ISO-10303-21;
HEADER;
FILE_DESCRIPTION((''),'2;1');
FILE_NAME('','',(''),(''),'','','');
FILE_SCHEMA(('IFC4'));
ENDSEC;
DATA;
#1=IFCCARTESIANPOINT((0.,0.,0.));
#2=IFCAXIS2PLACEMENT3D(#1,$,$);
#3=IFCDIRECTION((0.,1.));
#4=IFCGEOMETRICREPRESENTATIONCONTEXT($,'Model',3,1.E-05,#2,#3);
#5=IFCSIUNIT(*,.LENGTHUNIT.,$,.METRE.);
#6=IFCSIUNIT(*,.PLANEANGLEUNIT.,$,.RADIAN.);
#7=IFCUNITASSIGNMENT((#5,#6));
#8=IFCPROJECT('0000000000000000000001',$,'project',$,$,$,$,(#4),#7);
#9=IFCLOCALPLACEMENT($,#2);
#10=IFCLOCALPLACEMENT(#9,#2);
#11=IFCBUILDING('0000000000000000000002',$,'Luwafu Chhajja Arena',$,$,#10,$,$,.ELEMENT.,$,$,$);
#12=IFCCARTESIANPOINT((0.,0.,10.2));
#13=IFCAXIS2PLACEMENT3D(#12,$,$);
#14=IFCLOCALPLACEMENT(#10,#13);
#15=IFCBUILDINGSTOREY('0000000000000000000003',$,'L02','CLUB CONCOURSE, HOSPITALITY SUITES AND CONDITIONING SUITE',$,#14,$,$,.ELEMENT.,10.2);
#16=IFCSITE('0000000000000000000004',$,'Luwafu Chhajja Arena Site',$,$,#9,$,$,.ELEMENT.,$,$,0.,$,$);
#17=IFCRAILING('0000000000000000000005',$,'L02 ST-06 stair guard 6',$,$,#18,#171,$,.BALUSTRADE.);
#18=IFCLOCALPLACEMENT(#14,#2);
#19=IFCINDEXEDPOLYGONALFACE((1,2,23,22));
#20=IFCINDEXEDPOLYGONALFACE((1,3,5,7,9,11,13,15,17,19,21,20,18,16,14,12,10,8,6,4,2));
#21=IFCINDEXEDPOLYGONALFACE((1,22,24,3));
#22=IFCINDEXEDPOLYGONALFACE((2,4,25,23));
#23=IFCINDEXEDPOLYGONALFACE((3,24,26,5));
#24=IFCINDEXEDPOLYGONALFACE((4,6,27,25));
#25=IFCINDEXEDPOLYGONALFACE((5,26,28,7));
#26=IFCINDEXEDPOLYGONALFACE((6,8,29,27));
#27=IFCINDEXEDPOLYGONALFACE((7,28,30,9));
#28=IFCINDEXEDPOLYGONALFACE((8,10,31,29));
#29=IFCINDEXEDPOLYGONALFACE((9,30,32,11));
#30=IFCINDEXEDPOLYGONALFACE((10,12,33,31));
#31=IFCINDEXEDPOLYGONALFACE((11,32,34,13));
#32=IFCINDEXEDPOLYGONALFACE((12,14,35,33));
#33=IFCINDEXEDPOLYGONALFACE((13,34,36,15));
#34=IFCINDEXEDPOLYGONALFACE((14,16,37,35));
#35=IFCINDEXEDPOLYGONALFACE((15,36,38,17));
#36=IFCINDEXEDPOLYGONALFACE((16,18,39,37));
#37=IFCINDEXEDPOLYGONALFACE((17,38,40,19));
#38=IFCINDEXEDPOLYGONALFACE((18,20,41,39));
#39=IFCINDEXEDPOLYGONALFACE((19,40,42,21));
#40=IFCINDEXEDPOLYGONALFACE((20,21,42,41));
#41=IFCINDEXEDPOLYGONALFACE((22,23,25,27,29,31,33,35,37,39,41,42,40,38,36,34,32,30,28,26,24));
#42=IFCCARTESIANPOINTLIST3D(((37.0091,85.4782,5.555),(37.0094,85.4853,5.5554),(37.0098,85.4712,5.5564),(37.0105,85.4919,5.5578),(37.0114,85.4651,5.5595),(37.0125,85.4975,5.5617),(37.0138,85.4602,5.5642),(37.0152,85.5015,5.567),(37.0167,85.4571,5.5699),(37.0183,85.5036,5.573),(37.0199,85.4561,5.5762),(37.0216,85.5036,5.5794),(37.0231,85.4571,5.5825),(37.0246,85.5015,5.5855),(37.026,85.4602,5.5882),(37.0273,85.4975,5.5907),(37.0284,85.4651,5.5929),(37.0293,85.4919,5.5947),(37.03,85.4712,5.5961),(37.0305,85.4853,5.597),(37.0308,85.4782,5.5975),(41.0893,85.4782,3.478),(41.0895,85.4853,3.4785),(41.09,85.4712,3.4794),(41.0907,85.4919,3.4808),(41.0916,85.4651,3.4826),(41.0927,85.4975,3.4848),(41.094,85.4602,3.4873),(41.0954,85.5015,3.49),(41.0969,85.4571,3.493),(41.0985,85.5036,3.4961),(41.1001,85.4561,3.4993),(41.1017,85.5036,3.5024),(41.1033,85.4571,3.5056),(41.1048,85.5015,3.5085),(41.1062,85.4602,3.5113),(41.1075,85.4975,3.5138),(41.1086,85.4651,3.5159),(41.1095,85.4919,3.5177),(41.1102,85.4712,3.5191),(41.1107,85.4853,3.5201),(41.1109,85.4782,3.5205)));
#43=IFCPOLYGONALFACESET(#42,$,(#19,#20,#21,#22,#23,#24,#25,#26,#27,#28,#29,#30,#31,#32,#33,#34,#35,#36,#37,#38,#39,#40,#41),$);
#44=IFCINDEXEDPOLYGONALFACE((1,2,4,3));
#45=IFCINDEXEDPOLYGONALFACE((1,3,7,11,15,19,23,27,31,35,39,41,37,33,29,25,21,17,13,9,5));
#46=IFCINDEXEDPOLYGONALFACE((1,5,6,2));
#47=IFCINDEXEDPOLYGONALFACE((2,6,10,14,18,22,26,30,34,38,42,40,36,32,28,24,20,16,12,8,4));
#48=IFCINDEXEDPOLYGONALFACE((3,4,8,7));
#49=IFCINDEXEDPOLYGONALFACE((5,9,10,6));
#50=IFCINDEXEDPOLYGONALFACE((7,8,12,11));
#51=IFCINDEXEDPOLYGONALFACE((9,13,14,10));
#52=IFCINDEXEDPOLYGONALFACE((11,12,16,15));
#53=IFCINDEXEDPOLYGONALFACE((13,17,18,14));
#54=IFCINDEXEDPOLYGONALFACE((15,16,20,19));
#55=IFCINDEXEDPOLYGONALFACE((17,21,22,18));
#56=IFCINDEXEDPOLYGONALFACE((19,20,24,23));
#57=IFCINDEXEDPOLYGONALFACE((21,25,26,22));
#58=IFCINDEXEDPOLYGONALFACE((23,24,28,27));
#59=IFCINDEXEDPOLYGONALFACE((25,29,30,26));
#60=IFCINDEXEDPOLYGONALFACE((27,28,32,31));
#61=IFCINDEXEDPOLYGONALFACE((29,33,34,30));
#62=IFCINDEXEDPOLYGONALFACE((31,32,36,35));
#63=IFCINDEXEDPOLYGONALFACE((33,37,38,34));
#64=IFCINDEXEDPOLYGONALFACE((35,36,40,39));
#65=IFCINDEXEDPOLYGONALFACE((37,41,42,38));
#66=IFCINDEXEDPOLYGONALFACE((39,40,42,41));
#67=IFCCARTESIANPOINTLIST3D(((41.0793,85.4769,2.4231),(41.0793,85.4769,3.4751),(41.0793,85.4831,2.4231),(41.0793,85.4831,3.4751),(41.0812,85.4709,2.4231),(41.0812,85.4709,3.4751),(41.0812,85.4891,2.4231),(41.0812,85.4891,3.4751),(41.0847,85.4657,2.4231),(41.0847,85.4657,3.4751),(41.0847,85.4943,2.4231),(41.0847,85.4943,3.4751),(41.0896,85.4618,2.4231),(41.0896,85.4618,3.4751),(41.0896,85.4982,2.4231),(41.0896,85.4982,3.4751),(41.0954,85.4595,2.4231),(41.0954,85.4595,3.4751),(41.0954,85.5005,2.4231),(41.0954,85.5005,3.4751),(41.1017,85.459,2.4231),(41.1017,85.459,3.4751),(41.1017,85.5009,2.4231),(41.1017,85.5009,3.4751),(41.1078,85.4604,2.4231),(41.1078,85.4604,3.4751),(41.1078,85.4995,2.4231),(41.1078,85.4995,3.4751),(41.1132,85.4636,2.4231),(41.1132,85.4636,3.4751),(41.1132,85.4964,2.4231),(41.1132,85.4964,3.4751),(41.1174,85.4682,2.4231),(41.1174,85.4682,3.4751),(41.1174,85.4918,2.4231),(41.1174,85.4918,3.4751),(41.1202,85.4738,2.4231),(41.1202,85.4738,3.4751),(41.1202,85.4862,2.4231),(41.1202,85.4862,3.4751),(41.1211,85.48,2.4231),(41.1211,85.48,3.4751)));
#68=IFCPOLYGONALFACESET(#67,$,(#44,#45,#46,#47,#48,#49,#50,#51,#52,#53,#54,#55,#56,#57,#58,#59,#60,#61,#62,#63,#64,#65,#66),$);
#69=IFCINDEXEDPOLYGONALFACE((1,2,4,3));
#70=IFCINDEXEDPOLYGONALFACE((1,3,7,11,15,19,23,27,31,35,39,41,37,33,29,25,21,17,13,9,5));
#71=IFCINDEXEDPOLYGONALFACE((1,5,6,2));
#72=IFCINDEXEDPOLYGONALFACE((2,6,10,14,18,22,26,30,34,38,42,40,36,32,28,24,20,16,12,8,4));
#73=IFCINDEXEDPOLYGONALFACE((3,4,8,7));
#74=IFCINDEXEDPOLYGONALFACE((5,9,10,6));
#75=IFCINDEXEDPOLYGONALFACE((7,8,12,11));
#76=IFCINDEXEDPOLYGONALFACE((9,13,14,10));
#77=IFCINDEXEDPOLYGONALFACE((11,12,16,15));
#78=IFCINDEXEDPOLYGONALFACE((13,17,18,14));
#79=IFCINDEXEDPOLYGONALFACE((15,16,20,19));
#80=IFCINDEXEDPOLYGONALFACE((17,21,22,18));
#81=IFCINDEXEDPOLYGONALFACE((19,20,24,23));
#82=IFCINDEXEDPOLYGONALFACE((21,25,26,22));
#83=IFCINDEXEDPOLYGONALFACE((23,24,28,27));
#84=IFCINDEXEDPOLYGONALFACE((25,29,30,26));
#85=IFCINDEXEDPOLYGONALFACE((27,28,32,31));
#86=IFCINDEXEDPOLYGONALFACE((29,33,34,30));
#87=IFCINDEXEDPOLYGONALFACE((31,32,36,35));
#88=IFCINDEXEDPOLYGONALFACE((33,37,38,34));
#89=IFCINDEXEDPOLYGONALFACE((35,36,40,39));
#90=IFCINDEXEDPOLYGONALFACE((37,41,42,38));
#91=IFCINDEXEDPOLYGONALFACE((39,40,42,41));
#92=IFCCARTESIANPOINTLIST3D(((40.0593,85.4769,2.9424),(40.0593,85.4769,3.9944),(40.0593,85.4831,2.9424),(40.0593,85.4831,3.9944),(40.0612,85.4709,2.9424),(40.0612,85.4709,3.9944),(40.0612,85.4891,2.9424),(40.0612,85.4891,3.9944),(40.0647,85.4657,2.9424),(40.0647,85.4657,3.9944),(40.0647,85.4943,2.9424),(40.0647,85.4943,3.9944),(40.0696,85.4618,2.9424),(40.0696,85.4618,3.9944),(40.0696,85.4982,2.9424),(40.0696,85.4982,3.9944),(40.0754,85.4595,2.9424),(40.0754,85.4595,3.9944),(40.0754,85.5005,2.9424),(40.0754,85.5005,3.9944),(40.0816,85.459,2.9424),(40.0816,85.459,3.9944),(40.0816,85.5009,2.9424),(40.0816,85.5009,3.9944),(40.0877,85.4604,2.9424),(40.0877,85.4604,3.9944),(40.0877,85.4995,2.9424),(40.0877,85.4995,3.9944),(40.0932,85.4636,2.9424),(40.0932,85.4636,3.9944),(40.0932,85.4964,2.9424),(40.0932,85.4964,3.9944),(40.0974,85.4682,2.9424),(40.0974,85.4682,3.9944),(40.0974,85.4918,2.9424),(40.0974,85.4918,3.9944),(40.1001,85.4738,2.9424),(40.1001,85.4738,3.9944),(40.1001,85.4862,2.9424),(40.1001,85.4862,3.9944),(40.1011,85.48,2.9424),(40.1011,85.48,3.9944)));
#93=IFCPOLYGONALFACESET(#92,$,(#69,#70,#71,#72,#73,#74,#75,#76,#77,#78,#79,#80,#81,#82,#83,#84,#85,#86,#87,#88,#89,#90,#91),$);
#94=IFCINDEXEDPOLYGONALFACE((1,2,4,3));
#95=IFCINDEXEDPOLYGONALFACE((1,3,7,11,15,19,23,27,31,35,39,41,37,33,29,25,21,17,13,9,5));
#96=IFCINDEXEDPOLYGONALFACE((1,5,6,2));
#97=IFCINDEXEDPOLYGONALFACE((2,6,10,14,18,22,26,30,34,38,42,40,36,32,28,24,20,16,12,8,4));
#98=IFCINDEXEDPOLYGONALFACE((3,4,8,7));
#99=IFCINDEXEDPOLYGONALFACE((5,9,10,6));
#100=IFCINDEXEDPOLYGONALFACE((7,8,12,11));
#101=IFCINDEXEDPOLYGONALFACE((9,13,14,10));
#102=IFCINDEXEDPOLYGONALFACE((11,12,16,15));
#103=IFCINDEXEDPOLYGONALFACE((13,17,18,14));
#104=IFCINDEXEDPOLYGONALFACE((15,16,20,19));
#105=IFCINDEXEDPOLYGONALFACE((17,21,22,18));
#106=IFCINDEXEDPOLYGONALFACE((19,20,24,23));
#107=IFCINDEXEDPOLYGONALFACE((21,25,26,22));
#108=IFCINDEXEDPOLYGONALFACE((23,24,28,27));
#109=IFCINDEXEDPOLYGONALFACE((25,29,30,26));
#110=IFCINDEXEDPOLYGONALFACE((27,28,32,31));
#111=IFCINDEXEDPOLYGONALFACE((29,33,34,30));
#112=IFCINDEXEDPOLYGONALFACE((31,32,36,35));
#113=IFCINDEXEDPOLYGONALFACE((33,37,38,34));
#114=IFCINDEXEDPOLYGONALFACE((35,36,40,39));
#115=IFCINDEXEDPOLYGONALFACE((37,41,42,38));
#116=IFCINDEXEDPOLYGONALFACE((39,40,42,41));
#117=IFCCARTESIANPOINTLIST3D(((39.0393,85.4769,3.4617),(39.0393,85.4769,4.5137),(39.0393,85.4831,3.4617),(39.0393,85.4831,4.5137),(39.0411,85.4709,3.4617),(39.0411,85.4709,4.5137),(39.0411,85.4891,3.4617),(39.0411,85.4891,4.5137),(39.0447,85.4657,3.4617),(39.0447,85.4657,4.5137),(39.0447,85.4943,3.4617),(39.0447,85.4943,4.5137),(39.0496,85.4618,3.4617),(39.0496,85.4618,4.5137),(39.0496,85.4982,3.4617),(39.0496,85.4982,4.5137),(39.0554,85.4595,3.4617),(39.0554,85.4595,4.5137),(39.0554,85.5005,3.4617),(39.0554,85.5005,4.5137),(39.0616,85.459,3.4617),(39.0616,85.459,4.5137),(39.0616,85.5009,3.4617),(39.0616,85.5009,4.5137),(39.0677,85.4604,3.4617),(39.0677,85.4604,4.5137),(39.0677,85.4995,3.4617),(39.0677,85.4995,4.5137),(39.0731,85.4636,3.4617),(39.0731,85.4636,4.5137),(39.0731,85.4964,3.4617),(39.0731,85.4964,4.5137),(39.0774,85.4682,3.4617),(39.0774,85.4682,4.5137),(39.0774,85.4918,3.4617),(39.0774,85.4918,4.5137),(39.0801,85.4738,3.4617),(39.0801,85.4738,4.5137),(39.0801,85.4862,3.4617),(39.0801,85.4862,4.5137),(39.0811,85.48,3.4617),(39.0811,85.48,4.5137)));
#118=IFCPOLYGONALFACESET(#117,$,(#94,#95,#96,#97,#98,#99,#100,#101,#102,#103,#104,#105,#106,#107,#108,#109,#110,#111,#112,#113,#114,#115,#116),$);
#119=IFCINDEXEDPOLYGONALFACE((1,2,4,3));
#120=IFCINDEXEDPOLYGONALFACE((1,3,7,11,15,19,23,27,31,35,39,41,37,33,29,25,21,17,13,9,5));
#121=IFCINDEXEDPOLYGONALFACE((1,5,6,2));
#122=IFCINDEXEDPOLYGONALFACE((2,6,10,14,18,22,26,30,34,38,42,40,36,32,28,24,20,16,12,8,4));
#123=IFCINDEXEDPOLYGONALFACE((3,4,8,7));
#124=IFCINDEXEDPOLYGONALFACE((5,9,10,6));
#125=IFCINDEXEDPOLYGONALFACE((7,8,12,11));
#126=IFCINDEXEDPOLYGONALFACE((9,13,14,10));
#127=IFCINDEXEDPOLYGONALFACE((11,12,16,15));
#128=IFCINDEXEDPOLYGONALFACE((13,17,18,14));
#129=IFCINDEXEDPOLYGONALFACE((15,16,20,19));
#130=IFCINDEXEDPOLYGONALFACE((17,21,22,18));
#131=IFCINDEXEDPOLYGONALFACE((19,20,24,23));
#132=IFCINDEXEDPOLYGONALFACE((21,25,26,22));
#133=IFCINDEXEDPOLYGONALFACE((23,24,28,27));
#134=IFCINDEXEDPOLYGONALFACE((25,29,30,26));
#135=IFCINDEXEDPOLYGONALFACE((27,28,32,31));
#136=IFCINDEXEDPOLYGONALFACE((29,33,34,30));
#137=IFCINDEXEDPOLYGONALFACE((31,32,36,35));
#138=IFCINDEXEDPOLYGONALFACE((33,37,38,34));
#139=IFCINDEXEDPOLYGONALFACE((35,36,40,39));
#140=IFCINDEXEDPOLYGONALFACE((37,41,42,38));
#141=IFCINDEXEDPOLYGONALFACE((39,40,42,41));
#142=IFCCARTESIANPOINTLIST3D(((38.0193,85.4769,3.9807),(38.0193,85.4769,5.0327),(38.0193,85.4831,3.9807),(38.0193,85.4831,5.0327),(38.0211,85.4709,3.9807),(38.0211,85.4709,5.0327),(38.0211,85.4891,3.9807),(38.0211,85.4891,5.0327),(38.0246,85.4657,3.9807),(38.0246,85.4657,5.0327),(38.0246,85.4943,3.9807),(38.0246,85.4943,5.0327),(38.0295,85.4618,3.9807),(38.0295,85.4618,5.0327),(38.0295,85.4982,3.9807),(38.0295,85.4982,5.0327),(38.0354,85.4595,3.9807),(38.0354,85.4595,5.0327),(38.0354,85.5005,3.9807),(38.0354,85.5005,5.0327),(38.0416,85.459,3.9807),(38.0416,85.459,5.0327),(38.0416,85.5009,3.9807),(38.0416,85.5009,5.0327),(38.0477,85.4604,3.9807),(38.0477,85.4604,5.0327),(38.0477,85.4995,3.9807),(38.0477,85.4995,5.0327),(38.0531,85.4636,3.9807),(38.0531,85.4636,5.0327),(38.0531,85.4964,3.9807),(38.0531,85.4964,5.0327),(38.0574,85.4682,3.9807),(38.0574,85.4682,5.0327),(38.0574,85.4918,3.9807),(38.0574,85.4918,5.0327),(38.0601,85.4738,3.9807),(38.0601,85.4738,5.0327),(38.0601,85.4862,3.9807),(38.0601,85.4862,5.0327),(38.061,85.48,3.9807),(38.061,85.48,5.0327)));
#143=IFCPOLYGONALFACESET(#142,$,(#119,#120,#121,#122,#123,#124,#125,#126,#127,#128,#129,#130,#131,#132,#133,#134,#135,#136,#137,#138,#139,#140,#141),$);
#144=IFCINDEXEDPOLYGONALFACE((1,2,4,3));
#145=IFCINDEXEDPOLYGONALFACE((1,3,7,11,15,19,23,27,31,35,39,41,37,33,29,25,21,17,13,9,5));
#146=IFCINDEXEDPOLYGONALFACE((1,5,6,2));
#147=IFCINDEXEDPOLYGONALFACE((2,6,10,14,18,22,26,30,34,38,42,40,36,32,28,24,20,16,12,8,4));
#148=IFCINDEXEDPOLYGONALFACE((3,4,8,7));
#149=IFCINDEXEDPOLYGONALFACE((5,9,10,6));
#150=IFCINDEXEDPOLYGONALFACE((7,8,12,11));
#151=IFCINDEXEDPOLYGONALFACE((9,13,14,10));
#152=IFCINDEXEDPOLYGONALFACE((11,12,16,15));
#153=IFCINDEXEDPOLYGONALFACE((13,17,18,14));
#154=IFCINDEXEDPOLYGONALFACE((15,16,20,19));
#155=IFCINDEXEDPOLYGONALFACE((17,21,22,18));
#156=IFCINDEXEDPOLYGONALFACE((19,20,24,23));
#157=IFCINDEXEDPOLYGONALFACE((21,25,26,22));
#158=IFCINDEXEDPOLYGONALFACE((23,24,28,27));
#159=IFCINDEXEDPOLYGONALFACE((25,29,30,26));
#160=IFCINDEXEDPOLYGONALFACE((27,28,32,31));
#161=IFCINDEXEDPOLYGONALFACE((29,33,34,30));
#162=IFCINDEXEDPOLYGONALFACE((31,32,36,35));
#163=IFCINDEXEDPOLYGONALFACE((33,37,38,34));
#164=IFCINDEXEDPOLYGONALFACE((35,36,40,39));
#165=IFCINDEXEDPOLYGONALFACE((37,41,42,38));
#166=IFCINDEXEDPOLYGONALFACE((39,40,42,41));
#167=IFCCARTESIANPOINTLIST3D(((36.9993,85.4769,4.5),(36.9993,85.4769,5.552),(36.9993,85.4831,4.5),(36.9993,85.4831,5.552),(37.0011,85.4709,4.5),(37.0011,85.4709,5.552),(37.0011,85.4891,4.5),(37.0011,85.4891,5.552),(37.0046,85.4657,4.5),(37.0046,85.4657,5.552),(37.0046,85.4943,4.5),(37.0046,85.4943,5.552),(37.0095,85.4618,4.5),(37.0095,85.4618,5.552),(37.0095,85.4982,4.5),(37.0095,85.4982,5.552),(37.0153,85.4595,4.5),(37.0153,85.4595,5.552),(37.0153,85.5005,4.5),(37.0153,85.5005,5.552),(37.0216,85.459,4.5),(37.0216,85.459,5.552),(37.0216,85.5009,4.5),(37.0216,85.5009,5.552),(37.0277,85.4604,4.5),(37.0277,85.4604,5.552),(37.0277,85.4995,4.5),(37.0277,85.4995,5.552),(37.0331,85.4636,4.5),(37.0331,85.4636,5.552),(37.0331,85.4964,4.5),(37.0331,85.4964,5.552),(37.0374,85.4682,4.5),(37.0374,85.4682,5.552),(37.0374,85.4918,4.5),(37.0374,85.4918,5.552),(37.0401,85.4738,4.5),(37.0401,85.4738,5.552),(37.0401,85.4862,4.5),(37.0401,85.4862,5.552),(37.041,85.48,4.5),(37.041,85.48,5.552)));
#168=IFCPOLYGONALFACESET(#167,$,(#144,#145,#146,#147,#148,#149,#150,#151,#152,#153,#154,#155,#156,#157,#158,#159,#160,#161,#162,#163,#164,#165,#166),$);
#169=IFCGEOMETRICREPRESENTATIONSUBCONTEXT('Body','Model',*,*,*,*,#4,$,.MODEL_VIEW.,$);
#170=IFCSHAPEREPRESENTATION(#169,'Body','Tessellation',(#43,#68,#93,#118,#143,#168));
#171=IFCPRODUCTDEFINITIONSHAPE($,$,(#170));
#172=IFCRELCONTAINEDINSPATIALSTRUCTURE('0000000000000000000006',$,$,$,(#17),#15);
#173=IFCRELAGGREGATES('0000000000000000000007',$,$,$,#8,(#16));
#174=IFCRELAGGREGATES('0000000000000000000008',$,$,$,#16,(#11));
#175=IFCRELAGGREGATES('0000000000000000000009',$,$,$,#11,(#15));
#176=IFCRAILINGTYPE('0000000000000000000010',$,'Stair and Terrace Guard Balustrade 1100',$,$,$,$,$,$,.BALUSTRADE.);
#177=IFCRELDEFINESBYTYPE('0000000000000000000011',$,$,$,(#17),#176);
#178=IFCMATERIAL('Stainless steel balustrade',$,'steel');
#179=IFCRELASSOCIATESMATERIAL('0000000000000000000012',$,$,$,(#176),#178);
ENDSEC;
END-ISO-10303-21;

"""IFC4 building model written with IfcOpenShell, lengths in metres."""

from ifc_helpers import new_model, si_unit, direction, frame, origin, origin_2d, place, context, subcontext, project, spatial, circle, extrude, material, type_object, element, save


model = new_model("IFC4")

# Units and contexts
model_context = context("Model", 3, precision=1e-05, world=origin(), true_north=direction((0.0, 1.0)))
body_context = subcontext(model_context, "Body", "Model", "MODEL_VIEW")
ifc_project = project(units=[si_unit("LENGTHUNIT", "METRE"), si_unit("PLANEANGLEUNIT", "RADIAN")], contexts=[model_context])

# Site, building, storey
site_placement = place(None, origin())
site = spatial("IfcSite", under=ifc_project, at=site_placement, Name="Luwafu Chhajja Arena Site", CompositionType="ELEMENT", RefElevation=0.0)
building_placement = place(site_placement, origin())
building = spatial("IfcBuilding", under=site, at=building_placement, Name="Luwafu Chhajja Arena", CompositionType="ELEMENT")
storey_placement = place(building_placement, frame((0.0, 0.0, 10.2)))
storey = spatial("IfcBuildingStorey", under=building, at=storey_placement, Name="L02", Description="CLUB CONCOURSE, HOSPITALITY SUITES AND CONDITIONING SUITE", CompositionType="ELEMENT", Elevation=10.2)

# Railing
ifc_material_1 = material(Name="Stainless steel balustrade", Category="steel")
railing_type_1 = type_object("IfcRailingType", Name="Stair and Terrace Guard Balustrade 1100", PredefinedType="BALUSTRADE", material=ifc_material_1)
railing_1_placement = place(storey_placement, frame((41.1001, 85.48, 2.4231)))
element("IfcRailing", 1, at=railing_1_placement, inside=storey, type_object=railing_type_1, Name="L02 ST-06 stair guard 6", PredefinedType="BALUSTRADE", context=body_context, shape_type="SweptSolid", body=[
    extrude(circle(Radius=0.0239, at=origin_2d()), frame((0.0, 0.0, 1.0762), z_axis=(-0.891183, 0.0, 0.453644), x_axis=(0.0, -1.0, 0.0)), (0.0, 0.0, 1.0), 4.5784),
    extrude(circle(Radius=0.021, at=origin_2d()), origin(), (0.0, 0.0, 1.0), 1.052),
    extrude(circle(Radius=0.021, at=origin_2d()), frame((-1.02, 0.0, 0.5193)), (0.0, 0.0, 1.0), 1.052),
    extrude(circle(Radius=0.021, at=origin_2d()), frame((-2.04, 0.0, 1.0386)), (0.0, 0.0, 1.0), 1.052),
    extrude(circle(Radius=0.021, at=origin_2d()), frame((-3.0601, 0.0, 1.5576)), (0.0, 0.0, 1.0), 1.052),
    extrude(circle(Radius=0.021, at=origin_2d()), frame((-4.0801, 0.0, 2.0769)), (0.0, 0.0, 1.0), 1.052),
])

save(model, "model.ifc")
